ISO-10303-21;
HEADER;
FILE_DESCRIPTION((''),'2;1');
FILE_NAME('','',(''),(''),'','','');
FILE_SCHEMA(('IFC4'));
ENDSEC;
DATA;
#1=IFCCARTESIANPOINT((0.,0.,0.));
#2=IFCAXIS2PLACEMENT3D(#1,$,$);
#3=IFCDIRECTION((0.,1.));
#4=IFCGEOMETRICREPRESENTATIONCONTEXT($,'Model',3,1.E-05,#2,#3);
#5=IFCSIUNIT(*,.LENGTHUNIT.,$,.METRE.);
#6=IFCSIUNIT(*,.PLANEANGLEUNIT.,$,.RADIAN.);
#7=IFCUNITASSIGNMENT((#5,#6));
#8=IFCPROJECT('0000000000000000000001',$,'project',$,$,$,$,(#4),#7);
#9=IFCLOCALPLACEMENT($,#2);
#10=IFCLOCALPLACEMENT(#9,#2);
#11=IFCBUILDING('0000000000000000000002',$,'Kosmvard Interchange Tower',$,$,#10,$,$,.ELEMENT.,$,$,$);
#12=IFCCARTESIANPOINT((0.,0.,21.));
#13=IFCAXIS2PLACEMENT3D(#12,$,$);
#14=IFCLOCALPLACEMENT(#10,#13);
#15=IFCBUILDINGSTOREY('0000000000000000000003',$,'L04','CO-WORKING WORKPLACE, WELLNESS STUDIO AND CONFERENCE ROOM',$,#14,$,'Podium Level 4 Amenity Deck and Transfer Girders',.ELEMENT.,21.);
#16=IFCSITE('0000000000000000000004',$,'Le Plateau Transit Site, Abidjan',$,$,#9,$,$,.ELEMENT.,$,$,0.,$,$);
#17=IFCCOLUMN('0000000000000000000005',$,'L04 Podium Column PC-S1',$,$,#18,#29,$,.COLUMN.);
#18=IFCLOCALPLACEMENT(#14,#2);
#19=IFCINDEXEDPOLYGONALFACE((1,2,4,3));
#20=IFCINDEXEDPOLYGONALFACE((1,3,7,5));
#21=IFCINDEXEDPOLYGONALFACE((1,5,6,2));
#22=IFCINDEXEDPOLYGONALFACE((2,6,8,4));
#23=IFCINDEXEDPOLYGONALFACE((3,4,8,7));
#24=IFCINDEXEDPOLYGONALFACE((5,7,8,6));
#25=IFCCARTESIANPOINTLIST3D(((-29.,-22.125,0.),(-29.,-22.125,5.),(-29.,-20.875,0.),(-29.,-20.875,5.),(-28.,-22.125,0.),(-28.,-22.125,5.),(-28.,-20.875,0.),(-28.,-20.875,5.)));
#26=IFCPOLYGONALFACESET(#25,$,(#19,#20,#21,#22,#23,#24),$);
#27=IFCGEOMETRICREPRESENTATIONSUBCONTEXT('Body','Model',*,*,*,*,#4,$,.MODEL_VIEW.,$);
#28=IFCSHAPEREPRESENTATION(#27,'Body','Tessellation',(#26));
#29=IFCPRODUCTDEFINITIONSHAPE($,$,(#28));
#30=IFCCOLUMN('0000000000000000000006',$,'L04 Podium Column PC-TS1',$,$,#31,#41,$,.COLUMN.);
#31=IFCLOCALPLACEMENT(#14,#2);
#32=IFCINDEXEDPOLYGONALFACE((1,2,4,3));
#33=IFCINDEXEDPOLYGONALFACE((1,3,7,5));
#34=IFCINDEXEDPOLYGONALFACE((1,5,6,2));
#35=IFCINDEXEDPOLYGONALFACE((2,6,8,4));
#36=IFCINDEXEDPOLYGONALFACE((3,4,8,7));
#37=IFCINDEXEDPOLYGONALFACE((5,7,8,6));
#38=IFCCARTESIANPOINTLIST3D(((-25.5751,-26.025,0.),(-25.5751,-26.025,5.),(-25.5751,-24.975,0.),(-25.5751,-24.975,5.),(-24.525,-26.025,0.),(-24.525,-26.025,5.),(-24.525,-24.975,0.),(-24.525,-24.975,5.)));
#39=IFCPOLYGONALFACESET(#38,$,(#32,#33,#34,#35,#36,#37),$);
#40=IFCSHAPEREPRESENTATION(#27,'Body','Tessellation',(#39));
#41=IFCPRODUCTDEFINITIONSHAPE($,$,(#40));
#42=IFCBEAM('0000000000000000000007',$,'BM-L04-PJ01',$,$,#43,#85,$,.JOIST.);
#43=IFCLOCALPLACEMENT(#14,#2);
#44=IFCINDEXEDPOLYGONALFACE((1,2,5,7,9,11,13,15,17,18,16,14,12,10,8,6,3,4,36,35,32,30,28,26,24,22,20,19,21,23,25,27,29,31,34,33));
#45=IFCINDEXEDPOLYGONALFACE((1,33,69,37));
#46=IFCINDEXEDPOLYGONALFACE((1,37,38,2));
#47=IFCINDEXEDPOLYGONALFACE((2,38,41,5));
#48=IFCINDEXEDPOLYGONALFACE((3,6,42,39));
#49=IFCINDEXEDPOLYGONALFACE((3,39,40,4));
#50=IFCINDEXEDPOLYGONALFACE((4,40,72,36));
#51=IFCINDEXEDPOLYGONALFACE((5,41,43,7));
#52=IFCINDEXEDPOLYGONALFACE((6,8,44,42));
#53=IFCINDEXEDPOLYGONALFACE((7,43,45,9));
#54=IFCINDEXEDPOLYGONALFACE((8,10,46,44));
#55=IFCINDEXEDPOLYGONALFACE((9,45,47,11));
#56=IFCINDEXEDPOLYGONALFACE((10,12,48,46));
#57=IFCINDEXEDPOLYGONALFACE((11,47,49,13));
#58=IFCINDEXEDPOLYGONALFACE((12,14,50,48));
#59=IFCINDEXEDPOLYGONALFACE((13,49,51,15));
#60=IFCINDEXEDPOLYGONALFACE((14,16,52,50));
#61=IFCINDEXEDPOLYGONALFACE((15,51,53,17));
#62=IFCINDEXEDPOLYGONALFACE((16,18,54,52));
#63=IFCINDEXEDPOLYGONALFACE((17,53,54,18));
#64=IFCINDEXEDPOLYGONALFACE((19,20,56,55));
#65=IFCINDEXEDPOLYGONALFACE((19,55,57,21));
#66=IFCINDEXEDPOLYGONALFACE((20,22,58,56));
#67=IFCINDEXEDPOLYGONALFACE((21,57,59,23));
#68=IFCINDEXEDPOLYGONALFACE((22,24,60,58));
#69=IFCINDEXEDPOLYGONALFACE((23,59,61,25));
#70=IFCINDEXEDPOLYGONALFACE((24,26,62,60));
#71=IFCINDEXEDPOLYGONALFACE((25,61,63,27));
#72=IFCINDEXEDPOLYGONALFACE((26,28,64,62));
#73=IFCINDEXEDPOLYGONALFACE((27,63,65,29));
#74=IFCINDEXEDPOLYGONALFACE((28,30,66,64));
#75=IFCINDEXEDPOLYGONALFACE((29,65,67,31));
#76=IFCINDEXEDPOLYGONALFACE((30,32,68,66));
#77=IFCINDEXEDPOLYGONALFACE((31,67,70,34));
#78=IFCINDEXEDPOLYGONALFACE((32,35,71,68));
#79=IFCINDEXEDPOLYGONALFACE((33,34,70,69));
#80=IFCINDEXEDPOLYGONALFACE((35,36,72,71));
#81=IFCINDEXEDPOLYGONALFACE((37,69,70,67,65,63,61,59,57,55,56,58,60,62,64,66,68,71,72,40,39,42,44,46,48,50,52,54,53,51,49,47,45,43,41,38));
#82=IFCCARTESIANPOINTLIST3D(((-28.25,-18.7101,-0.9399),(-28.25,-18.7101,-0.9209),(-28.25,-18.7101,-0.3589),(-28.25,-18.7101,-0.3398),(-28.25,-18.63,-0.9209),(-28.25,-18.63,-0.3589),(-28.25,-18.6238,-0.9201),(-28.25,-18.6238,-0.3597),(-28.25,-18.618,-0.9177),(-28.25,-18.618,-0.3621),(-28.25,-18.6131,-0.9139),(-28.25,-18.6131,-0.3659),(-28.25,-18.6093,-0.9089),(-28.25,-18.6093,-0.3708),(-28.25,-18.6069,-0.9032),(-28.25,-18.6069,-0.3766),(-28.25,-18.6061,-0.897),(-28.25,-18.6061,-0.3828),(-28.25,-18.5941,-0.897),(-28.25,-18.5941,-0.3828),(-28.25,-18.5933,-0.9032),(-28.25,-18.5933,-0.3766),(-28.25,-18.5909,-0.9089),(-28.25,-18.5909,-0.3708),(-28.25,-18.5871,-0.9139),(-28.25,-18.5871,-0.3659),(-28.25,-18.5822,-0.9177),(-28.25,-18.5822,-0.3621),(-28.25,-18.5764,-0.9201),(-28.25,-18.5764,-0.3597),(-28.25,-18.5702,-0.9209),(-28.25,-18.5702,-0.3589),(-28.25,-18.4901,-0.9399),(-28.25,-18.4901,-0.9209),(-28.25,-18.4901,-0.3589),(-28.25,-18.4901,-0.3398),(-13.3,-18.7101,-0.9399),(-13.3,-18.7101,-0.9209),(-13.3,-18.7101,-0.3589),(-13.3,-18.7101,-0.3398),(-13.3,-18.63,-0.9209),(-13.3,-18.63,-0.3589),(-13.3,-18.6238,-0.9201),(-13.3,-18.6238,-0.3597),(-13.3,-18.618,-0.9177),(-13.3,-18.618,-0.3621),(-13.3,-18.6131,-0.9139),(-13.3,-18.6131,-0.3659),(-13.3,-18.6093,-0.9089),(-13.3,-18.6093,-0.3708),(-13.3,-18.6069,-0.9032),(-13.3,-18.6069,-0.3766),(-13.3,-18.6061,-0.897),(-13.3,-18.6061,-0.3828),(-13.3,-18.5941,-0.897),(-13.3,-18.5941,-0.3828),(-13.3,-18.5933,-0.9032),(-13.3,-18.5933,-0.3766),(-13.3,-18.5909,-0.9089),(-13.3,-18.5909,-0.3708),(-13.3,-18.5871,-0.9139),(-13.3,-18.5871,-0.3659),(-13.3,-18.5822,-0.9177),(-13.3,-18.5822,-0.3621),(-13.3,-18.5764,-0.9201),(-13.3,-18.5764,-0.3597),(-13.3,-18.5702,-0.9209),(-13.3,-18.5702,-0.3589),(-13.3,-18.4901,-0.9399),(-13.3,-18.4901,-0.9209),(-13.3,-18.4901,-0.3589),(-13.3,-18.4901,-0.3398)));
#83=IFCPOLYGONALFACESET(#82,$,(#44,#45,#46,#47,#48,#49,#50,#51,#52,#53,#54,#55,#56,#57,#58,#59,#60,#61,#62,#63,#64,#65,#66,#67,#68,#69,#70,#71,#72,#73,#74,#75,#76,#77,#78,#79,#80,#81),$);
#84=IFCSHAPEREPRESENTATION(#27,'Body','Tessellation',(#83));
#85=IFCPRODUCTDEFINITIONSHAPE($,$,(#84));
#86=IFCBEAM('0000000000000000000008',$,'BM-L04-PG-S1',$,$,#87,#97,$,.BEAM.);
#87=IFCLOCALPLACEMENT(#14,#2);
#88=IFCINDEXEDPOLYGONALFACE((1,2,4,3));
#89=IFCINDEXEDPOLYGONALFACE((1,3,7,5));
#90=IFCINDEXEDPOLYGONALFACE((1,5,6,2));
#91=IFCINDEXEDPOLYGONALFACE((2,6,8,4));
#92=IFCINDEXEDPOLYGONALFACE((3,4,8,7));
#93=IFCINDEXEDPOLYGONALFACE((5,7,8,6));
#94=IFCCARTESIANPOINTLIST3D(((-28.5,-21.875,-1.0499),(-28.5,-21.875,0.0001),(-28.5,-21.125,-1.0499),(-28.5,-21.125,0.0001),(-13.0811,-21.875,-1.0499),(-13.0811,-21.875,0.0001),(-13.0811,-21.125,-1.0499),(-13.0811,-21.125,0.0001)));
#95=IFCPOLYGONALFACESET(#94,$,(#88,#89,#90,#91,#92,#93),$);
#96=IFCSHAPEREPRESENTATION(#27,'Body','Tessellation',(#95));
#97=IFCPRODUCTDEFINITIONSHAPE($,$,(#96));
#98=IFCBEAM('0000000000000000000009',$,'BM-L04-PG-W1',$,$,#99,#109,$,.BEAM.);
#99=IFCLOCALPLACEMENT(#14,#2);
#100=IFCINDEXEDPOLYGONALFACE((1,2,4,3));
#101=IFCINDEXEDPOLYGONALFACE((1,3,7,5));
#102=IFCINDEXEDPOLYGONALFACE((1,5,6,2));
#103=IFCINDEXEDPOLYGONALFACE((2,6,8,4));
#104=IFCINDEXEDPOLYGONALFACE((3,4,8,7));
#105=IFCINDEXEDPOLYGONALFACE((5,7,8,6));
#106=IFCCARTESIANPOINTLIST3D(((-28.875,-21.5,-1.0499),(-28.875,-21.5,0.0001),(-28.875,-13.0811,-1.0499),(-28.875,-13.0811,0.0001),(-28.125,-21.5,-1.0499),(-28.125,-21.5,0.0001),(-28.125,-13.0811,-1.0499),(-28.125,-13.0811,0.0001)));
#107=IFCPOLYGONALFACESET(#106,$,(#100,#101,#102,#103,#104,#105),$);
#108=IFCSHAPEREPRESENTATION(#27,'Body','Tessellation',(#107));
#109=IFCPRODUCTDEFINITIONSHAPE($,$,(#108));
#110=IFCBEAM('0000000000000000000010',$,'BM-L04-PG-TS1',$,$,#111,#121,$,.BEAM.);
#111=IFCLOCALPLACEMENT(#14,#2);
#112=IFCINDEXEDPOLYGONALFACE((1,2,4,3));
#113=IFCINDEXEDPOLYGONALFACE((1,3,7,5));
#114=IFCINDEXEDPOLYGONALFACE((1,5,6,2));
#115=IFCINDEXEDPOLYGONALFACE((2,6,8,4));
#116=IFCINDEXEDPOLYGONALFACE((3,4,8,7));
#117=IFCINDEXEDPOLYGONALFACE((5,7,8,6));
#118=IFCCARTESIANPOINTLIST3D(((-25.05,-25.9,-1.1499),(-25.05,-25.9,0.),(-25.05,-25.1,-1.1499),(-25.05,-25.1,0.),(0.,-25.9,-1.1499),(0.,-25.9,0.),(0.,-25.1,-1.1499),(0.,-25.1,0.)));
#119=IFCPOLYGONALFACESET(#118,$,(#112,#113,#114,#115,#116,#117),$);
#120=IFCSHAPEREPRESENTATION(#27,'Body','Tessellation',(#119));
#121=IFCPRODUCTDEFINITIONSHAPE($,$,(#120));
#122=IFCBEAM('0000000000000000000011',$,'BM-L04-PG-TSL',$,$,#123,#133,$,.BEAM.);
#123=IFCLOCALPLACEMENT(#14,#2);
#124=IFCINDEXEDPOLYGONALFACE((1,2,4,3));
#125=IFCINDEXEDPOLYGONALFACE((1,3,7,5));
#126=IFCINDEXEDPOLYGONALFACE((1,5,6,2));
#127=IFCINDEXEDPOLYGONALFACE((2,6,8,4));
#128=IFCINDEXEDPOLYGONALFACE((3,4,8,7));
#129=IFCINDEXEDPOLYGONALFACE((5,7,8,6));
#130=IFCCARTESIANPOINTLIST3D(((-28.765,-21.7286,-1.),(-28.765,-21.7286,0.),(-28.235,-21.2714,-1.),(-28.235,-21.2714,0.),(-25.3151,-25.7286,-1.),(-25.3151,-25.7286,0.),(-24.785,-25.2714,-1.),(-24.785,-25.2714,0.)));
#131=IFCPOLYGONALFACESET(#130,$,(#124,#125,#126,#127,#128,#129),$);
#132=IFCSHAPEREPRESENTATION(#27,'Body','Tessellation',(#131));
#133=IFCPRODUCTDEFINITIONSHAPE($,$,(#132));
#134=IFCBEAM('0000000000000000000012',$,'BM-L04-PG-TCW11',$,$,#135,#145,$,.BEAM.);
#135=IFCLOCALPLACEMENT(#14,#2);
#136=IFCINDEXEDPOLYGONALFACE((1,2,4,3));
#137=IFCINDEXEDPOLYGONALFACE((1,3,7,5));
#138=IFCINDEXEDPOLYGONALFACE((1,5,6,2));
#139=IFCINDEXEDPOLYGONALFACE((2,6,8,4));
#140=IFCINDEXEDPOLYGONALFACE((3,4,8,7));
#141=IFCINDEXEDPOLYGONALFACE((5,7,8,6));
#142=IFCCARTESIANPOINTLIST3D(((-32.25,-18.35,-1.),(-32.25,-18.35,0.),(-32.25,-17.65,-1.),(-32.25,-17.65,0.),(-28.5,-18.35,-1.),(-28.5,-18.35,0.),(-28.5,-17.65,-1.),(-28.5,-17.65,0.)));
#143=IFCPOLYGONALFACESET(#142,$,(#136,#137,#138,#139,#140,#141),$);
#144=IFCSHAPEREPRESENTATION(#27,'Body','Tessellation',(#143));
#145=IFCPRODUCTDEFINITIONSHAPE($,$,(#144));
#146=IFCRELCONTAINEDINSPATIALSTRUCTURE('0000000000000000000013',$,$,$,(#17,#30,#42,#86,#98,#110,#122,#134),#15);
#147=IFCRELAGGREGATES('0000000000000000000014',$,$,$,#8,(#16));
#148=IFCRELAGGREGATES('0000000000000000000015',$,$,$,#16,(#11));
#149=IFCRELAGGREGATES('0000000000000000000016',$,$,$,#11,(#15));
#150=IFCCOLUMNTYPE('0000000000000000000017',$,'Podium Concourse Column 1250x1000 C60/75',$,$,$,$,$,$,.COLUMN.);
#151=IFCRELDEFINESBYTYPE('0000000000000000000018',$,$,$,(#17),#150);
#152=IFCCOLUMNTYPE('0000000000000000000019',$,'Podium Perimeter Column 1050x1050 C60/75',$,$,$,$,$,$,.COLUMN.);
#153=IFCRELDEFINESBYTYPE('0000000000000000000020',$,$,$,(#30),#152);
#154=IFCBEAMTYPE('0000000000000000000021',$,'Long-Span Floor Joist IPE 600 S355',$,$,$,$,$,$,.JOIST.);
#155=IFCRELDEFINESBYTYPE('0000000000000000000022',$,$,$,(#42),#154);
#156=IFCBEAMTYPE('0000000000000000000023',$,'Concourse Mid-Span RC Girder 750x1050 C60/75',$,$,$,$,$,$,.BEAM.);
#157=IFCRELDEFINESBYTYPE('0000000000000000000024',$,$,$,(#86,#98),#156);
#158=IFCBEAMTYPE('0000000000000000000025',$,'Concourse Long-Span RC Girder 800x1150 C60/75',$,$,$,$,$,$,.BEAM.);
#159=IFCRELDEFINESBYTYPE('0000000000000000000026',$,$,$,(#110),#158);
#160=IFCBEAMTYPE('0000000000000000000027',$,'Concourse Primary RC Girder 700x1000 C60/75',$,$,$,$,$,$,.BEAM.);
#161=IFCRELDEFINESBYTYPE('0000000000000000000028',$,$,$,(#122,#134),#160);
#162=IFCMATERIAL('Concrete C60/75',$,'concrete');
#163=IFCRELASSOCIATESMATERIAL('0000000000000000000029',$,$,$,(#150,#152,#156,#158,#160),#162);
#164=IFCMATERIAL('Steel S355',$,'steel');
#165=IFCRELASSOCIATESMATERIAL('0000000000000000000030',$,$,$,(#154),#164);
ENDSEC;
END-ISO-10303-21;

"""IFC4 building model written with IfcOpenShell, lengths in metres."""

from ifc_helpers import new_model, si_unit, direction, frame, origin, origin_2d, place, context, subcontext, project, spatial, rectangle, i_section, extrude, source, transform, mapped, material, material_profile, profile_set, type_object, element, save


model = new_model("IFC4")

# Units and contexts
model_context = context("Model", 3, precision=1e-05, world=origin(), true_north=direction((0.0, 1.0)))
body_context = subcontext(model_context, "Body", "Model", "MODEL_VIEW")
ifc_project = project(units=[si_unit("LENGTHUNIT", "METRE"), si_unit("PLANEANGLEUNIT", "RADIAN")], contexts=[model_context])

# Site, building, storey
site_placement = place(None, origin())
site = spatial("IfcSite", under=ifc_project, at=site_placement, Name="Le Plateau Transit Site, Abidjan", CompositionType="ELEMENT", RefElevation=0.0)
building_placement = place(site_placement, origin())
building = spatial("IfcBuilding", under=site, at=building_placement, Name="Kosmvard Interchange Tower", CompositionType="ELEMENT")
storey_placement = place(building_placement, frame((0.0, 0.0, 21.0)))
storey = spatial("IfcBuildingStorey", under=building, at=storey_placement, Name="L04", Description="CO-WORKING WORKPLACE, WELLNESS STUDIO AND CONFERENCE ROOM", LongName="Podium Level 4 Amenity Deck and Transfer Girders", CompositionType="ELEMENT", Elevation=21.0)

# Columns
ifc_material_1 = material(Name="Concrete C60/75", Category="concrete")
ifc_material_profile_1 = material_profile(ifc_material_1, rectangle(XDim=1.0, YDim=1.25, at=origin_2d()), Name="PC 1250x1000")
ifc_profile_set_1 = profile_set([ifc_material_profile_1], Name="Concrete C60/75")
column_type_1 = type_object("IfcColumnType", Name="Podium Concourse Column 1250x1000 C60/75", PredefinedType="COLUMN", material=ifc_profile_set_1)
shared_shape_1 = source(origin(), body_context, "Body", "SweptSolid", [
    extrude(rectangle(XDim=1.0, YDim=1.25, at=origin_2d()), origin(), (0.0, 0.0, 1.0), 5.0),
])
column_1_placement = place(storey_placement, frame((-28.5, -21.5, 0.0), z_axis=(0.0, 0.0, 1.0), x_axis=(1.0, 0.0, 0.0)))
element("IfcColumn", 1, at=column_1_placement, inside=storey, type_object=column_type_1, Name="L04 Podium Column PC-S1", PredefinedType="COLUMN", context=body_context, shape_type="MappedRepresentation", body=[
    mapped(shared_shape_1, transform((0.0, 0.0, 0.0), scale=1.0)),
])
ifc_material_profile_2 = material_profile(ifc_material_1, rectangle(XDim=1.05, YDim=1.05, at=origin_2d()), Name="PC 1050x1050")
ifc_profile_set_2 = profile_set([ifc_material_profile_2], Name="Concrete C60/75")
column_type_2 = type_object("IfcColumnType", Name="Podium Perimeter Column 1050x1050 C60/75", PredefinedType="COLUMN", material=ifc_profile_set_2)
shared_shape_2 = source(origin(), body_context, "Body", "SweptSolid", [
    extrude(rectangle(XDim=1.05, YDim=1.05, at=origin_2d()), origin(), (0.0, 0.0, 1.0), 5.0),
])
column_2_placement = place(storey_placement, frame((-25.05, -25.5, 0.0), z_axis=(0.0, 0.0, 1.0), x_axis=(1.0, 0.0, 0.0)))
element("IfcColumn", 2, at=column_2_placement, inside=storey, type_object=column_type_2, Name="L04 Podium Column PC-TS1", PredefinedType="COLUMN", context=body_context, shape_type="MappedRepresentation", body=[
    mapped(shared_shape_2, transform((0.0, 0.0, 0.0), scale=1.0)),
])

# Beams
ifc_material_2 = material(Name="Steel S355", Category="steel")
ifc_material_profile_3 = material_profile(ifc_material_2, i_section(OverallWidth=0.22, OverallDepth=0.6001, WebThickness=0.012, FlangeThickness=0.019, FilletRadius=0.0239, at=origin_2d()), Name="IPE 600")
ifc_profile_set_3 = profile_set([ifc_material_profile_3], Name="Steel S355")
beam_type_1 = type_object("IfcBeamType", Name="Long-Span Floor Joist IPE 600 S355", PredefinedType="JOIST", material=ifc_profile_set_3)
shared_shape_3 = source(origin(), body_context, "Body", "SweptSolid", [
    extrude(i_section(OverallWidth=0.22, OverallDepth=0.6001, WebThickness=0.012, FlangeThickness=0.019, FilletRadius=0.0239, at=origin_2d()), origin(), (0.0, 0.0, 1.0), 14.95),
])
beam_1_placement = place(storey_placement, frame((-28.25, -18.6001, -0.6399), z_axis=(1.0, 0.0, 0.0), x_axis=(0.0, 1.0, 0.0)))
element("IfcBeam", 3, at=beam_1_placement, inside=storey, type_object=beam_type_1, Name="BM-L04-PJ01", PredefinedType="JOIST", context=body_context, shape_type="MappedRepresentation", body=[
    mapped(shared_shape_3, transform((0.0, 0.0, 0.0), scale=1.0)),
])
ifc_material_profile_4 = material_profile(ifc_material_1, rectangle(XDim=0.75, YDim=1.05, at=origin_2d()), Name="RCG 750x1050")
ifc_profile_set_4 = profile_set([ifc_material_profile_4], Name="Concrete C60/75")
beam_type_2 = type_object("IfcBeamType", Name="Concourse Mid-Span RC Girder 750x1050 C60/75", PredefinedType="BEAM", material=ifc_profile_set_4)
shared_shape_4 = source(origin(), body_context, "Body", "SweptSolid", [
    extrude(rectangle(XDim=0.75, YDim=1.05, at=origin_2d()), origin(), (0.0, 0.0, 1.0), 15.4189),
])
beam_2_placement = place(storey_placement, frame((-28.5, -21.5, -0.5249), z_axis=(1.0, 0.0, 0.0), x_axis=(0.0, 1.0, 0.0)))
element("IfcBeam", 4, at=beam_2_placement, inside=storey, type_object=beam_type_2, Name="BM-L04-PG-S1", PredefinedType="BEAM", context=body_context, shape_type="MappedRepresentation", body=[
    mapped(shared_shape_4, transform((0.0, 0.0, 0.0), scale=1.0)),
])
shared_shape_5 = source(origin(), body_context, "Body", "SweptSolid", [
    extrude(rectangle(XDim=0.75, YDim=1.05, at=origin_2d()), origin(), (0.0, 0.0, 1.0), 8.4189),
])
beam_3_placement = place(storey_placement, frame((-28.5, -21.5, -0.5249), z_axis=(0.0, 1.0, 0.0), x_axis=(-1.0, 0.0, 0.0)))
element("IfcBeam", 5, at=beam_3_placement, inside=storey, type_object=beam_type_2, Name="BM-L04-PG-W1", PredefinedType="BEAM", context=body_context, shape_type="MappedRepresentation", body=[
    mapped(shared_shape_5, transform((0.0, 0.0, 0.0), scale=1.0)),
])
ifc_material_profile_5 = material_profile(ifc_material_1, rectangle(XDim=0.8, YDim=1.1499, at=origin_2d()), Name="RCG 800x1150")
ifc_profile_set_5 = profile_set([ifc_material_profile_5], Name="Concrete C60/75")
beam_type_3 = type_object("IfcBeamType", Name="Concourse Long-Span RC Girder 800x1150 C60/75", PredefinedType="BEAM", material=ifc_profile_set_5)
shared_shape_6 = source(origin(), body_context, "Body", "SweptSolid", [
    extrude(rectangle(XDim=0.8, YDim=1.1499, at=origin_2d()), origin(), (0.0, 0.0, 1.0), 25.05),
])
beam_4_placement = place(storey_placement, frame((-25.05, -25.5, -0.575), z_axis=(1.0, 0.0, 0.0), x_axis=(0.0, 1.0, 0.0)))
element("IfcBeam", 6, at=beam_4_placement, inside=storey, type_object=beam_type_3, Name="BM-L04-PG-TS1", PredefinedType="BEAM", context=body_context, shape_type="MappedRepresentation", body=[
    mapped(shared_shape_6, transform((0.0, 0.0, 0.0), scale=1.0)),
])
ifc_material_profile_6 = material_profile(ifc_material_1, rectangle(XDim=0.7, YDim=1.0, at=origin_2d()), Name="RCG 700x1000")
ifc_profile_set_6 = profile_set([ifc_material_profile_6], Name="Concrete C60/75")
beam_type_4 = type_object("IfcBeamType", Name="Concourse Primary RC Girder 700x1000 C60/75", PredefinedType="BEAM", material=ifc_profile_set_6)
shared_shape_7 = source(origin(), body_context, "Body", "SweptSolid", [
    extrude(rectangle(XDim=0.7, YDim=1.0, at=origin_2d()), origin(), (0.0, 0.0, 1.0), 5.2822),
])
beam_5_placement = place(storey_placement, frame((-25.05, -25.5, -0.5), z_axis=(-0.653122, 0.757253, 0.0), x_axis=(-0.757253, -0.653122, 0.0)))
element("IfcBeam", 7, at=beam_5_placement, inside=storey, type_object=beam_type_4, Name="BM-L04-PG-TSL", PredefinedType="BEAM", context=body_context, shape_type="MappedRepresentation", body=[
    mapped(shared_shape_7, transform((0.0, 0.0, 0.0), scale=1.0)),
])
shared_shape_8 = source(origin(), body_context, "Body", "SweptSolid", [
    extrude(rectangle(XDim=0.7, YDim=1.0, at=origin_2d()), origin(), (0.0, 0.0, 1.0), 3.75),
])
beam_6_placement = place(storey_placement, frame((-28.5, -18.0, -0.5), z_axis=(-1.0, 0.0, 0.0), x_axis=(0.0, -1.0, 0.0)))
element("IfcBeam", 8, at=beam_6_placement, inside=storey, type_object=beam_type_4, Name="BM-L04-PG-TCW11", PredefinedType="BEAM", context=body_context, shape_type="MappedRepresentation", body=[
    mapped(shared_shape_8, transform((0.0, 0.0, 0.0), scale=1.0)),
])

save(model, "model.ifc")
